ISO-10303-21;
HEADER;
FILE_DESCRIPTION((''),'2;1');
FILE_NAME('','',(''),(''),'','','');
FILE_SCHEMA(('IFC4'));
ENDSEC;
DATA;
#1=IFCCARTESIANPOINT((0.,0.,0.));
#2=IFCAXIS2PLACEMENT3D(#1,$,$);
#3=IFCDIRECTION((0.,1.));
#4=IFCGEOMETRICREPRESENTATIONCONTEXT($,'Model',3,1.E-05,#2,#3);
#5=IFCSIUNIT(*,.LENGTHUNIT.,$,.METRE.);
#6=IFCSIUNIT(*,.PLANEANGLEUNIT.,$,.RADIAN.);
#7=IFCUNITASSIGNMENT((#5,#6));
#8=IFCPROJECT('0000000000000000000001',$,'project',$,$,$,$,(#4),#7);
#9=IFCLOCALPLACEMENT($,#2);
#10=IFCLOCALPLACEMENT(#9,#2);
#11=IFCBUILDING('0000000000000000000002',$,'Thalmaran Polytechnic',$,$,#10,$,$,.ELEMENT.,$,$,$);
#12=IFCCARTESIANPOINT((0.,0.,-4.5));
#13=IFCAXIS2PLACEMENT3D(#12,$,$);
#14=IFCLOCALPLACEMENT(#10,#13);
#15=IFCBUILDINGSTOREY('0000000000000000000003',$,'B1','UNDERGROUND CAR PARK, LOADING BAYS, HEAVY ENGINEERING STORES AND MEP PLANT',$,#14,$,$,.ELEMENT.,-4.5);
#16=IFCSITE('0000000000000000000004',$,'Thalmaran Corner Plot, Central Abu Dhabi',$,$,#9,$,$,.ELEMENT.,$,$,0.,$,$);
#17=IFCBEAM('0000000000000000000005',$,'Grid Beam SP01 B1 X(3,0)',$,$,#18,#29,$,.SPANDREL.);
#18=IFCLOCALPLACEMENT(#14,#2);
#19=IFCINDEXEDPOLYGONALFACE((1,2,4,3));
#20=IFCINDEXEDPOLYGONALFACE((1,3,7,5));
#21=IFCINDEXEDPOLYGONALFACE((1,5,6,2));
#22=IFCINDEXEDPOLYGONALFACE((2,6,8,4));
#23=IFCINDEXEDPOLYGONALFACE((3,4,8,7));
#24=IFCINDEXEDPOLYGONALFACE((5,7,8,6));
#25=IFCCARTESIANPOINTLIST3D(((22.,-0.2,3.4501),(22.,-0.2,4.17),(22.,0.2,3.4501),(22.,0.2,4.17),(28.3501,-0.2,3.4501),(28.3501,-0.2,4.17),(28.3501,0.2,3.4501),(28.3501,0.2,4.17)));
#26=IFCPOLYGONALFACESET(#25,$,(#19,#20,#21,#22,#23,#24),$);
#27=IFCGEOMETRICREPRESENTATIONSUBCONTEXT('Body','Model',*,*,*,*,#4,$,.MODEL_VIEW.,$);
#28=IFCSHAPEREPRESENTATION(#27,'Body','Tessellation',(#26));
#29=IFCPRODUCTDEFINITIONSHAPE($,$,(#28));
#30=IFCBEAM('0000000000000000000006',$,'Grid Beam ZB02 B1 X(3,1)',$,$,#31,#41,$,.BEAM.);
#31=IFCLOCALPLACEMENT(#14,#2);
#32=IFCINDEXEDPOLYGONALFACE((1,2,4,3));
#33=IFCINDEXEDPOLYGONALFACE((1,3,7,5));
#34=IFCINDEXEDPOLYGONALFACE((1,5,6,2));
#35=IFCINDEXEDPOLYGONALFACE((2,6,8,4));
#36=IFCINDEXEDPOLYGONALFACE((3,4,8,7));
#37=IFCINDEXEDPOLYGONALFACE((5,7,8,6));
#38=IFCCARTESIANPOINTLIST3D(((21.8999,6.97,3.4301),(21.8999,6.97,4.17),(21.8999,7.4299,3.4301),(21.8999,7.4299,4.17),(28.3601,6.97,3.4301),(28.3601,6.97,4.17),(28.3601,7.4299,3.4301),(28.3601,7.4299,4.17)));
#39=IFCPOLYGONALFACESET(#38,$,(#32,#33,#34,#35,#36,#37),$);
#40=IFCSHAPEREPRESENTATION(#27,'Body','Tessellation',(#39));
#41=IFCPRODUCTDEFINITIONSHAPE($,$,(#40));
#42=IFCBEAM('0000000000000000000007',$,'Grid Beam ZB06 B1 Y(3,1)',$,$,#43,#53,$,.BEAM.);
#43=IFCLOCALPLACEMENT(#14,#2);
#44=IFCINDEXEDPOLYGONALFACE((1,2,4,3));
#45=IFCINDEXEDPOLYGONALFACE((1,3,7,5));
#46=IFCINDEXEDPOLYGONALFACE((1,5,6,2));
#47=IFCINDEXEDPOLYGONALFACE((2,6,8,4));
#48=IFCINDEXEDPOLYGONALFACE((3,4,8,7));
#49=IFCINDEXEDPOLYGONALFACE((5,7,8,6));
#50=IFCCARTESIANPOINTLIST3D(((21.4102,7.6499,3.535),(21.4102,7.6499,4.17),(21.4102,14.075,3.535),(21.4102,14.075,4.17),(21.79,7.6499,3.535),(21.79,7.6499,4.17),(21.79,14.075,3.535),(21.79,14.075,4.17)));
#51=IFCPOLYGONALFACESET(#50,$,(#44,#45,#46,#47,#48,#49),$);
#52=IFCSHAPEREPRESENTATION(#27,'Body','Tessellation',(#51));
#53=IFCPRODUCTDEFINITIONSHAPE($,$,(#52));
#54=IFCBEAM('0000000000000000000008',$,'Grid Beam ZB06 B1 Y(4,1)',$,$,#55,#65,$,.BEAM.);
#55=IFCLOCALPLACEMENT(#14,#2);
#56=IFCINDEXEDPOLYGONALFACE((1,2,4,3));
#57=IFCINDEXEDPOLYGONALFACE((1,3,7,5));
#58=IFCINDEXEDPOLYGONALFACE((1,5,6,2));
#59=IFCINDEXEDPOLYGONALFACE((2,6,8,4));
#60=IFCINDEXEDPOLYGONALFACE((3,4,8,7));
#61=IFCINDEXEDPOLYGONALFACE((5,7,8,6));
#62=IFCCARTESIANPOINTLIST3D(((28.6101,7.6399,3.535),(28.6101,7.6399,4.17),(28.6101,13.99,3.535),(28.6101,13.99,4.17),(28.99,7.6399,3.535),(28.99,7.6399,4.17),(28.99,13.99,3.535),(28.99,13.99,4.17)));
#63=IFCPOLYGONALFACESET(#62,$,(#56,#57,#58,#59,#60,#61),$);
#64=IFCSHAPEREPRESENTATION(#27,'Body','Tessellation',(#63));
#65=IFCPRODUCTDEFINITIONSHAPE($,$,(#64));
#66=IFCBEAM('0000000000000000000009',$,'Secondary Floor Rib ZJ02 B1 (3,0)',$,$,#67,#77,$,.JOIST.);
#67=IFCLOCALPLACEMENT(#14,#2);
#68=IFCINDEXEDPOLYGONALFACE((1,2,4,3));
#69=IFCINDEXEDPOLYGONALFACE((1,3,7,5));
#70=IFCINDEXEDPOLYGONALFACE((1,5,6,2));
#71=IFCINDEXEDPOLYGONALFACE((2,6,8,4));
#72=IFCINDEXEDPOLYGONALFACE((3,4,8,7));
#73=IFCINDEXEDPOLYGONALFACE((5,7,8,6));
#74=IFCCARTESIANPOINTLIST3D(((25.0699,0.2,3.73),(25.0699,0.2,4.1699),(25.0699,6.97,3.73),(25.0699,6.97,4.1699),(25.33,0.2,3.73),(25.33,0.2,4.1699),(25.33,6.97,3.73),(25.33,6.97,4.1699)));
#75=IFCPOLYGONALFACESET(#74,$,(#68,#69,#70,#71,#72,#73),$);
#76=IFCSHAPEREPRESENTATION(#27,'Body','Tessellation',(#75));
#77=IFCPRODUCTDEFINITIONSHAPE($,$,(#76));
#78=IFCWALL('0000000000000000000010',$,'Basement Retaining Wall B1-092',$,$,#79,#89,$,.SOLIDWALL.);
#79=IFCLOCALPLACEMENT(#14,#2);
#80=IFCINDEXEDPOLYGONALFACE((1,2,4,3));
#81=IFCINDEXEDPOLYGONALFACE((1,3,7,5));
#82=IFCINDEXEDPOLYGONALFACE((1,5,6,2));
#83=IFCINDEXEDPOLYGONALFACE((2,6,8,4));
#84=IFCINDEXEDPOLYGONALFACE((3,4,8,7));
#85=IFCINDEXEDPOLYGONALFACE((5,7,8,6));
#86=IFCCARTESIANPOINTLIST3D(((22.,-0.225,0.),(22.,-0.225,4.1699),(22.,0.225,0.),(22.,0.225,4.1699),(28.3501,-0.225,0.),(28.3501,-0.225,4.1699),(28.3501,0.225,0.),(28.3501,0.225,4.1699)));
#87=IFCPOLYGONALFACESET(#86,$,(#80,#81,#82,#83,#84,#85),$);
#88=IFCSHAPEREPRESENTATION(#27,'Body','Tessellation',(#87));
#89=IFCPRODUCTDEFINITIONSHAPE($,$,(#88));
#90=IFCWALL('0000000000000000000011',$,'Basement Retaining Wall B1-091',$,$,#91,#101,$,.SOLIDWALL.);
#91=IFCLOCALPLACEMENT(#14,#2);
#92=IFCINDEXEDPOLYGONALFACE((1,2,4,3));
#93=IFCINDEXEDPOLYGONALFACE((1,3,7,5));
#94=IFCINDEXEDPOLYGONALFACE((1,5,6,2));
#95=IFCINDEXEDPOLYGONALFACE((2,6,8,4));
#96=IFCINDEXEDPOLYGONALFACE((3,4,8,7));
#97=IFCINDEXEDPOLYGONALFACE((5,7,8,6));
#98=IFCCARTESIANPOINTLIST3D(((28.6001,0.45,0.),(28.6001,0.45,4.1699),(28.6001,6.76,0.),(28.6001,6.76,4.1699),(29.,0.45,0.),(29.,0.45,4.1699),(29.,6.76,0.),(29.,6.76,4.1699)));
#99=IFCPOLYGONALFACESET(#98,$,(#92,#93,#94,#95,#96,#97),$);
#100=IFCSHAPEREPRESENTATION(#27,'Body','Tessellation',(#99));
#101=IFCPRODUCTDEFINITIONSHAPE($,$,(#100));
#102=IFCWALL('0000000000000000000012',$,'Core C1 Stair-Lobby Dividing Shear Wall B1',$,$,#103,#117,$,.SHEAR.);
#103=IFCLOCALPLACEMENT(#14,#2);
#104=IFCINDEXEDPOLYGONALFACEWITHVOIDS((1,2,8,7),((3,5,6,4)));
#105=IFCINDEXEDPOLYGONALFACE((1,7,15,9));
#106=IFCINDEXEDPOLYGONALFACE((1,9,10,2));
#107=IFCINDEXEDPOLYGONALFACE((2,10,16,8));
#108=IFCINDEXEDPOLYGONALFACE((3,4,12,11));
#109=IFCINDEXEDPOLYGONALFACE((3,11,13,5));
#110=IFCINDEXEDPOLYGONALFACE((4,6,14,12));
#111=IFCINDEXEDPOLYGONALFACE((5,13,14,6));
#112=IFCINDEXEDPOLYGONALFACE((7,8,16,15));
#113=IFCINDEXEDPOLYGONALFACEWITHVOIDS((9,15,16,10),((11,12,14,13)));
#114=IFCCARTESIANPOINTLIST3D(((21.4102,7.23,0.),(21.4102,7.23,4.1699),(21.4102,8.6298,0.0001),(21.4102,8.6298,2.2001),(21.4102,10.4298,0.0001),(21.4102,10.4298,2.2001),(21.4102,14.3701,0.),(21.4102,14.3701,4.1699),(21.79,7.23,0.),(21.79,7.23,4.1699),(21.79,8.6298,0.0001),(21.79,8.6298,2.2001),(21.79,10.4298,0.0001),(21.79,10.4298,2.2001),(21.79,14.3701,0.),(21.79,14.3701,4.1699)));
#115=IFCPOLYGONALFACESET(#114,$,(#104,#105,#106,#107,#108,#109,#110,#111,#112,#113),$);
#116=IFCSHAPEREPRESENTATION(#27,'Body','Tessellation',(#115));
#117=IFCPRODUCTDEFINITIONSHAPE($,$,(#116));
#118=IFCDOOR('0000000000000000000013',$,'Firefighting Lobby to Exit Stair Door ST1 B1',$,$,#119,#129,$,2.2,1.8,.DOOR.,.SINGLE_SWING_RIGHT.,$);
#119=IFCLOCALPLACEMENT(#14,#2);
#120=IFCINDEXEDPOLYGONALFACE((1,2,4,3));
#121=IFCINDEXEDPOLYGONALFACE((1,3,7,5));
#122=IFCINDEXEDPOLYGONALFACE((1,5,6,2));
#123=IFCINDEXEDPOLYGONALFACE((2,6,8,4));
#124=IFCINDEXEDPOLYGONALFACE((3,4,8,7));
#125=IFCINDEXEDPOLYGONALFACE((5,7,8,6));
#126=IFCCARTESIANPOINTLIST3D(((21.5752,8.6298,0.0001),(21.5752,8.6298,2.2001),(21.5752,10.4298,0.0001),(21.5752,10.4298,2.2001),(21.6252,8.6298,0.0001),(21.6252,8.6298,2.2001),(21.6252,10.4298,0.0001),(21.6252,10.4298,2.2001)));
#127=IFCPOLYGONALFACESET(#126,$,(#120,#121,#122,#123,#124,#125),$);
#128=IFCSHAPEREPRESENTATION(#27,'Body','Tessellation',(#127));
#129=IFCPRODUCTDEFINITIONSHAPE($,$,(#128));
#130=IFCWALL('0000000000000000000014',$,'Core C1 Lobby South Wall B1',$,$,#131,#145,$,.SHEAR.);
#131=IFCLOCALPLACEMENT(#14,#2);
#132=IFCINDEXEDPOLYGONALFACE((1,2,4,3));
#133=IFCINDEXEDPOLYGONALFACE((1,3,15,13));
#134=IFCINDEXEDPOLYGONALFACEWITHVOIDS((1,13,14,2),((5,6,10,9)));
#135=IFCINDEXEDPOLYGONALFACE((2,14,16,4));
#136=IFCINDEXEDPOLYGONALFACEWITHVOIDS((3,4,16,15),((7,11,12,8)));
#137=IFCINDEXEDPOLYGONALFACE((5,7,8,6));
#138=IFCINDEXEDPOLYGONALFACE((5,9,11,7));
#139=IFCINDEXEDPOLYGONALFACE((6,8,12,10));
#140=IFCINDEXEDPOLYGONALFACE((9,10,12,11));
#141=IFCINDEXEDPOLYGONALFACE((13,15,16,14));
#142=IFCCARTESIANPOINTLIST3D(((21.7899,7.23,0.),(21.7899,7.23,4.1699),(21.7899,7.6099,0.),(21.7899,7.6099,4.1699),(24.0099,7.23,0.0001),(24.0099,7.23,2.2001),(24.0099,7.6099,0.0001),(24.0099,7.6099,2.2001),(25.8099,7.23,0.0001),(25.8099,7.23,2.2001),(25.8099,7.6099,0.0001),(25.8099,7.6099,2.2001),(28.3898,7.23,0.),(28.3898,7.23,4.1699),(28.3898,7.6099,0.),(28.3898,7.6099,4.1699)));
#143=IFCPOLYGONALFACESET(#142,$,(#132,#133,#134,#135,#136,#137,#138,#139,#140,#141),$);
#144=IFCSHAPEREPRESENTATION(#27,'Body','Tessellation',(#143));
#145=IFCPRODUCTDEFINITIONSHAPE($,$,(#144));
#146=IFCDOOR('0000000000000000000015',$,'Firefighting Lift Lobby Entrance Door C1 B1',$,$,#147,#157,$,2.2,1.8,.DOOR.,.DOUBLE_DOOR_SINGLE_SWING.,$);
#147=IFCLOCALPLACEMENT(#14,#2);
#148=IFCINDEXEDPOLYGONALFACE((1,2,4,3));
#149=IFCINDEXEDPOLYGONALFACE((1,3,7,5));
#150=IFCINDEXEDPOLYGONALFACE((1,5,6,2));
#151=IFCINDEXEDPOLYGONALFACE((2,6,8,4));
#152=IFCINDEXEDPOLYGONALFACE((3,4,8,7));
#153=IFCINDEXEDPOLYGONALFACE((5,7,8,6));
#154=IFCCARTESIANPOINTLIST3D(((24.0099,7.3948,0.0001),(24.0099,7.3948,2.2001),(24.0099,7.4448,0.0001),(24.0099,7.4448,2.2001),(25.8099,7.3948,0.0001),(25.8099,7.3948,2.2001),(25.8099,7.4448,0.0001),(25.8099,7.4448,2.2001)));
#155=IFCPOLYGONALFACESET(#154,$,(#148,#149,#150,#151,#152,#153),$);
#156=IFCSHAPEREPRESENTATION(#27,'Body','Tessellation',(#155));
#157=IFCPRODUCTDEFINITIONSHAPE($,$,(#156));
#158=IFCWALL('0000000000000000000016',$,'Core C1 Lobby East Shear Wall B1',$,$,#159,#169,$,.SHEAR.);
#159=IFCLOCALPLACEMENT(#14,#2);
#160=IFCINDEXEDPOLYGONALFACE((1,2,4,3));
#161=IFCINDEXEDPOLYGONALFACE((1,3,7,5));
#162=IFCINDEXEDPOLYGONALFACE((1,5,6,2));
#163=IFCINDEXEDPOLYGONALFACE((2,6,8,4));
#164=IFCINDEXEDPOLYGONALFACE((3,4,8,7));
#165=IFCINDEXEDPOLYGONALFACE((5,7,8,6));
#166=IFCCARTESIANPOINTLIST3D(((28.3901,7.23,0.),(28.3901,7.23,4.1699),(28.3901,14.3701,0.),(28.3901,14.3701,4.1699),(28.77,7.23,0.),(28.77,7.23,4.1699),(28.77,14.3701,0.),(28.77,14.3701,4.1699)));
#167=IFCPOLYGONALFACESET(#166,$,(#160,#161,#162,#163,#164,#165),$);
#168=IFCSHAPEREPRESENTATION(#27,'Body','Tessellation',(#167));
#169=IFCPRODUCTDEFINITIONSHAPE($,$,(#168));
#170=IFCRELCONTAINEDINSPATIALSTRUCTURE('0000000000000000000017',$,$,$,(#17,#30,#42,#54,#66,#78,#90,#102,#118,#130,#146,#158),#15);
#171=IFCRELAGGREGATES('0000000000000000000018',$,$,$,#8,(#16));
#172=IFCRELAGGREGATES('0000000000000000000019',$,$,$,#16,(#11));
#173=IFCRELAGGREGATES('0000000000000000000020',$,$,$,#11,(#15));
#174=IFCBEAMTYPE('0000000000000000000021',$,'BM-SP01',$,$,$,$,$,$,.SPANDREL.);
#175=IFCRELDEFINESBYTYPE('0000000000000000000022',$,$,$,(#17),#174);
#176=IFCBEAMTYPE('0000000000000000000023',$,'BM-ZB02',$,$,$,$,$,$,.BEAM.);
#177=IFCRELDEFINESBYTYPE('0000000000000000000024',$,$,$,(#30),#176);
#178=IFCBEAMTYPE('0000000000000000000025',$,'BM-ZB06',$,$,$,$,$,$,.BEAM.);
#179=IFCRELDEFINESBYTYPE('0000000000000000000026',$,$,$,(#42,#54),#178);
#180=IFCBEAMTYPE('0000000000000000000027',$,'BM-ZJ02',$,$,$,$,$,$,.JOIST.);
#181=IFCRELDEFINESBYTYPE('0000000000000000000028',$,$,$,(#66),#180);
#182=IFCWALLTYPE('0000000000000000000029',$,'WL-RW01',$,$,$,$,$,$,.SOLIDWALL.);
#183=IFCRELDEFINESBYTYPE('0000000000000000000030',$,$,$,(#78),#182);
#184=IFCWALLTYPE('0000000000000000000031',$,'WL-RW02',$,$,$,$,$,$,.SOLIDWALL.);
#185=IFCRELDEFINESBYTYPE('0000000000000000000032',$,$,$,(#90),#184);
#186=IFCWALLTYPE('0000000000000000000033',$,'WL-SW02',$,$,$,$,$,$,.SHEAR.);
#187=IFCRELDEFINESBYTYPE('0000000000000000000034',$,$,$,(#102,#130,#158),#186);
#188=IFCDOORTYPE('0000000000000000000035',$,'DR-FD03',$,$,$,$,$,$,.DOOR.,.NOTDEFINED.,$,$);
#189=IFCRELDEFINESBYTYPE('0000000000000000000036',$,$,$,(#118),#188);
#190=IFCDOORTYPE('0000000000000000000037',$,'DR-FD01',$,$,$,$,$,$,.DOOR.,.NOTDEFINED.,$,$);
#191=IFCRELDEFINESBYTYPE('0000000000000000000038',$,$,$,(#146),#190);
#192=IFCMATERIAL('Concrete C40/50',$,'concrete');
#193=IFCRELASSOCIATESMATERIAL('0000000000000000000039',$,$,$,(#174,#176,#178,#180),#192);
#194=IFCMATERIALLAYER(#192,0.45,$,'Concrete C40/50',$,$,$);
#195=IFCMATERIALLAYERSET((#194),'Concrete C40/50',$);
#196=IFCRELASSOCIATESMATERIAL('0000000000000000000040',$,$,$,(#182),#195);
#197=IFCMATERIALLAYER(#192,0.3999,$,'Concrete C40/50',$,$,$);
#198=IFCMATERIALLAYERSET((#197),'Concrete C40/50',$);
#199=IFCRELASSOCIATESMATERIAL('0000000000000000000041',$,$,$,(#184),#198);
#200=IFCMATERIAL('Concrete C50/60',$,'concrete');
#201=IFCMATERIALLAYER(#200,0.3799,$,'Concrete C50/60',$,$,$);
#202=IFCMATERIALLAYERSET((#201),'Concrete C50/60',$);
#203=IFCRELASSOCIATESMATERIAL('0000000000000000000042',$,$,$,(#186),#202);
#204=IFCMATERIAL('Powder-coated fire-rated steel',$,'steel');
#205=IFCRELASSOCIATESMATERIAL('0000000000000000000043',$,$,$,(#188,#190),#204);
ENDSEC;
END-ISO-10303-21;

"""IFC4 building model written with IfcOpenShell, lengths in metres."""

from ifc_helpers import new_model, si_unit, direction, frame, frame_2d, origin, origin_2d, place, context, subcontext, project, spatial, rectangle, extrude, material, layer, layer_set, material_profile, profile_set, type_object, element, fill, save


model = new_model("IFC4")

# Units and contexts
model_context = context("Model", 3, precision=1e-05, world=origin(), true_north=direction((0.0, 1.0)))
body_context = subcontext(model_context, "Body", "Model", "MODEL_VIEW")
ifc_project = project(units=[si_unit("LENGTHUNIT", "METRE"), si_unit("PLANEANGLEUNIT", "RADIAN")], contexts=[model_context])

# Site, building, storey
site_placement = place(None, origin())
site = spatial("IfcSite", under=ifc_project, at=site_placement, Name="Thalmaran Corner Plot, Central Abu Dhabi", CompositionType="ELEMENT", RefElevation=0.0)
building_placement = place(site_placement, origin())
building = spatial("IfcBuilding", under=site, at=building_placement, Name="Thalmaran Polytechnic", CompositionType="ELEMENT")
storey_placement = place(building_placement, frame((0.0, 0.0, -4.5)))
storey = spatial("IfcBuildingStorey", under=building, at=storey_placement, Name="B1", Description="UNDERGROUND CAR PARK, LOADING BAYS, HEAVY ENGINEERING STORES AND MEP PLANT", CompositionType="ELEMENT", Elevation=-4.5)

# Shared definitions
ifc_material_1 = material(Name="Concrete C40/50", Category="concrete")

# Shared definitions
ifc_material_2 = material(Name="Concrete C50/60", Category="concrete")

# Beams
ifc_material_profile_1 = material_profile(ifc_material_1, rectangle(XDim=0.3999, YDim=0.72, at=origin_2d()), Name="RC 400x720")
ifc_profile_set_1 = profile_set([ifc_material_profile_1], Name="Concrete C40/50")
beam_type_1 = type_object("IfcBeamType", Name="BM-SP01", PredefinedType="SPANDREL", material=ifc_profile_set_1)
beam_1_placement = place(storey_placement, frame((22.0, 0.0, 3.8101), z_axis=(1.0, 0.0, 0.0), x_axis=(0.0, 1.0, 0.0)))
element("IfcBeam", 1, at=beam_1_placement, inside=storey, type_object=beam_type_1, Name="Grid Beam SP01 B1 X(3,0)", PredefinedType="SPANDREL", context=body_context, shape_type="SweptSolid", body=[
    extrude(rectangle(XDim=0.3999, YDim=0.72, at=origin_2d()), origin(), (0.0, 0.0, 1.0), 6.3501),
])
ifc_material_profile_2 = material_profile(ifc_material_1, rectangle(XDim=0.46, YDim=0.74, at=origin_2d()), Name="RC 460x740")
ifc_profile_set_2 = profile_set([ifc_material_profile_2], Name="Concrete C40/50")
beam_type_2 = type_object("IfcBeamType", Name="BM-ZB02", PredefinedType="BEAM", material=ifc_profile_set_2)
beam_2_placement = place(storey_placement, frame((21.8999, 7.2, 3.8), z_axis=(1.0, 0.0, 0.0), x_axis=(0.0, 1.0, 0.0)))
element("IfcBeam", 2, at=beam_2_placement, inside=storey, type_object=beam_type_2, Name="Grid Beam ZB02 B1 X(3,1)", PredefinedType="BEAM", context=body_context, shape_type="SweptSolid", body=[
    extrude(rectangle(XDim=0.46, YDim=0.74, at=origin_2d()), origin(), (0.0, 0.0, 1.0), 6.4602),
])
ifc_material_profile_3 = material_profile(ifc_material_1, rectangle(XDim=0.3799, YDim=0.635, at=origin_2d()), Name="RC 380x635")
ifc_profile_set_3 = profile_set([ifc_material_profile_3], Name="Concrete C40/50")
beam_type_3 = type_object("IfcBeamType", Name="BM-ZB06", PredefinedType="BEAM", material=ifc_profile_set_3)
beam_3_placement = place(storey_placement, frame((21.6001, 7.6499, 3.8525), z_axis=(0.0, 1.0, 0.0), x_axis=(-1.0, 0.0, 0.0)))
element("IfcBeam", 3, at=beam_3_placement, inside=storey, type_object=beam_type_3, Name="Grid Beam ZB06 B1 Y(3,1)", PredefinedType="BEAM", context=body_context, shape_type="SweptSolid", body=[
    extrude(rectangle(XDim=0.3799, YDim=0.635, at=origin_2d()), origin(), (0.0, 0.0, 1.0), 6.425),
])
beam_4_placement = place(storey_placement, frame((28.8, 7.6399, 3.8525), z_axis=(0.0, 1.0, 0.0), x_axis=(-1.0, 0.0, 0.0)))
element("IfcBeam", 4, at=beam_4_placement, inside=storey, type_object=beam_type_3, Name="Grid Beam ZB06 B1 Y(4,1)", PredefinedType="BEAM", context=body_context, shape_type="SweptSolid", body=[
    extrude(rectangle(XDim=0.3799, YDim=0.635, at=origin_2d()), origin(), (0.0, 0.0, 1.0), 6.3501),
])
ifc_material_profile_4 = material_profile(ifc_material_1, rectangle(XDim=0.26, YDim=0.4399, at=origin_2d()), Name="RC 260x440")
ifc_profile_set_4 = profile_set([ifc_material_profile_4], Name="Concrete C40/50")
beam_type_4 = type_object("IfcBeamType", Name="BM-ZJ02", PredefinedType="JOIST", material=ifc_profile_set_4)
beam_5_placement = place(storey_placement, frame((25.2, 0.2, 3.95), z_axis=(0.0, 1.0, 0.0), x_axis=(-1.0, 0.0, 0.0)))
element("IfcBeam", 5, at=beam_5_placement, inside=storey, type_object=beam_type_4, Name="Secondary Floor Rib ZJ02 B1 (3,0)", PredefinedType="JOIST", context=body_context, shape_type="SweptSolid", body=[
    extrude(rectangle(XDim=0.26, YDim=0.4399, at=origin_2d()), origin(), (0.0, 0.0, 1.0), 6.77),
])

# Walls
ifc_layer_1 = layer(ifc_material_1, 0.45, Name="Concrete C40/50")
ifc_layer_set_1 = layer_set([ifc_layer_1], Name="Concrete C40/50")
wall_type_1 = type_object("IfcWallType", Name="WL-RW01", PredefinedType="SOLIDWALL", material=ifc_layer_set_1)
wall_1_placement = place(storey_placement, frame((28.3501, 0.0, 0.0), z_axis=(0.0, 0.0, 1.0), x_axis=(-1.0, 0.0, 0.0)))
element("IfcWall", 6, at=wall_1_placement, inside=storey, type_object=wall_type_1, Name="Basement Retaining Wall B1-092", PredefinedType="SOLIDWALL", context=body_context, shape_type="SweptSolid", body=[
    extrude(rectangle(XDim=6.3501, YDim=0.45, at=frame_2d((3.175, 0.0))), origin(), (0.0, 0.0, 1.0), 4.1699),
])
ifc_layer_2 = layer(ifc_material_1, 0.3999, Name="Concrete C40/50")
ifc_layer_set_2 = layer_set([ifc_layer_2], Name="Concrete C40/50")
wall_type_2 = type_object("IfcWallType", Name="WL-RW02", PredefinedType="SOLIDWALL", material=ifc_layer_set_2)
wall_2_placement = place(storey_placement, frame((28.8, 6.76, 0.0), z_axis=(0.0, 0.0, 1.0), x_axis=(0.0, -1.0, 0.0)))
element("IfcWall", 7, at=wall_2_placement, inside=storey, type_object=wall_type_2, Name="Basement Retaining Wall B1-091", PredefinedType="SOLIDWALL", context=body_context, shape_type="SweptSolid", body=[
    extrude(rectangle(XDim=6.3101, YDim=0.3999, at=frame_2d((3.155, 0.0))), origin(), (0.0, 0.0, 1.0), 4.1699),
])

# Walls, openings, doors
ifc_layer_3 = layer(ifc_material_2, 0.3799, Name="Concrete C50/60")
ifc_layer_set_3 = layer_set([ifc_layer_3], Name="Concrete C50/60")
wall_type_3 = type_object("IfcWallType", Name="WL-SW02", PredefinedType="SHEAR", material=ifc_layer_set_3)
wall_3_placement = place(storey_placement, frame((21.6001, 7.23, 0.0), z_axis=(0.0, 0.0, 1.0), x_axis=(0.0, 1.0, 0.0)))
wall_3 = element("IfcWall", 8, at=wall_3_placement, inside=storey, type_object=wall_type_3, Name="Core C1 Stair-Lobby Dividing Shear Wall B1", PredefinedType="SHEAR", context=body_context, shape_type="SweptSolid", body=[
    extrude(rectangle(XDim=7.1401, YDim=0.3799, at=frame_2d((3.5701, 0.0))), origin(), (0.0, 0.0, 1.0), 4.1699),
])
opening_1_placement = place(wall_3_placement, frame((1.3999, 0.0, 0.0)))
opening_1 = element("IfcOpeningElement", 9, at=opening_1_placement, cuts=wall_3, PredefinedType="OPENING", context=body_context, shape_type="SweptSolid", body=[
    extrude(rectangle(XDim=1.8, YDim=2.2, at=frame_2d((0.8999, 1.1001))), frame((0.0, 0.2, 0.0), z_axis=(0.0, -1.0, 0.0), x_axis=(1.0, 0.0, 0.0)), (0.0, 0.0, 1.0), 0.3999),
])
ifc_material_3 = material(Name="Powder-coated fire-rated steel", Category="steel")
door_type_1 = type_object("IfcDoorType", Name="DR-FD03", OperationType="NOTDEFINED", PredefinedType="DOOR", material=ifc_material_3)
door_1_placement = place(opening_1_placement, origin())
door_1 = element("IfcDoor", 10, at=door_1_placement, inside=storey, type_object=door_type_1, Name="Firefighting Lobby to Exit Stair Door ST1 B1", OperationType="SINGLE_SWING_RIGHT", OverallHeight=2.2, OverallWidth=1.8, PredefinedType="DOOR", context=body_context, shape_type="SweptSolid", body=[
    extrude(rectangle(XDim=1.8, YDim=2.2, at=frame_2d((0.8999, 1.1001))), frame((0.0, 0.0249, 0.0), z_axis=(0.0, -1.0, 0.0), x_axis=(1.0, 0.0, 0.0)), (0.0, 0.0, 1.0), 0.05),
])
fill(opening_1, door_1)
wall_4_placement = place(storey_placement, frame((21.79, 7.4199, 0.0), z_axis=(0.0, 0.0, 1.0), x_axis=(1.0, 0.0, 0.0)))
wall_4 = element("IfcWall", 11, at=wall_4_placement, inside=storey, type_object=wall_type_3, Name="Core C1 Lobby South Wall B1", PredefinedType="SHEAR", context=body_context, shape_type="SweptSolid", body=[
    extrude(rectangle(XDim=6.5999, YDim=0.3799, at=frame_2d((3.2998, 0.0))), origin(), (0.0, 0.0, 1.0), 4.1699),
])
opening_2_placement = place(wall_4_placement, frame((2.22, 0.0, 0.0)))
opening_2 = element("IfcOpeningElement", 12, at=opening_2_placement, cuts=wall_4, PredefinedType="OPENING", context=body_context, shape_type="SweptSolid", body=[
    extrude(rectangle(XDim=1.8, YDim=2.2, at=frame_2d((0.8999, 1.1001))), frame((0.0, 0.2, 0.0), z_axis=(0.0, -1.0, 0.0), x_axis=(1.0, 0.0, 0.0)), (0.0, 0.0, 1.0), 0.3999),
])
door_type_2 = type_object("IfcDoorType", Name="DR-FD01", OperationType="NOTDEFINED", PredefinedType="DOOR", material=ifc_material_3)
door_2_placement = place(opening_2_placement, origin())
door_2 = element("IfcDoor", 13, at=door_2_placement, inside=storey, type_object=door_type_2, Name="Firefighting Lift Lobby Entrance Door C1 B1", OperationType="DOUBLE_DOOR_SINGLE_SWING", OverallHeight=2.2, OverallWidth=1.8, PredefinedType="DOOR", context=body_context, shape_type="SweptSolid", body=[
    extrude(rectangle(XDim=1.8, YDim=2.2, at=frame_2d((0.8999, 1.1001))), frame((0.0, 0.0249, 0.0), z_axis=(0.0, -1.0, 0.0), x_axis=(1.0, 0.0, 0.0)), (0.0, 0.0, 1.0), 0.05),
])
fill(opening_2, door_2)

# Wall
wall_5_placement = place(storey_placement, frame((28.5801, 7.23, 0.0), z_axis=(0.0, 0.0, 1.0), x_axis=(0.0, 1.0, 0.0)))
element("IfcWall", 14, at=wall_5_placement, inside=storey, type_object=wall_type_3, Name="Core C1 Lobby East Shear Wall B1", PredefinedType="SHEAR", context=body_context, shape_type="SweptSolid", body=[
    extrude(rectangle(XDim=7.1401, YDim=0.3799, at=frame_2d((3.5701, 0.0))), origin(), (0.0, 0.0, 1.0), 4.1699),
])

save(model, "model.ifc")
